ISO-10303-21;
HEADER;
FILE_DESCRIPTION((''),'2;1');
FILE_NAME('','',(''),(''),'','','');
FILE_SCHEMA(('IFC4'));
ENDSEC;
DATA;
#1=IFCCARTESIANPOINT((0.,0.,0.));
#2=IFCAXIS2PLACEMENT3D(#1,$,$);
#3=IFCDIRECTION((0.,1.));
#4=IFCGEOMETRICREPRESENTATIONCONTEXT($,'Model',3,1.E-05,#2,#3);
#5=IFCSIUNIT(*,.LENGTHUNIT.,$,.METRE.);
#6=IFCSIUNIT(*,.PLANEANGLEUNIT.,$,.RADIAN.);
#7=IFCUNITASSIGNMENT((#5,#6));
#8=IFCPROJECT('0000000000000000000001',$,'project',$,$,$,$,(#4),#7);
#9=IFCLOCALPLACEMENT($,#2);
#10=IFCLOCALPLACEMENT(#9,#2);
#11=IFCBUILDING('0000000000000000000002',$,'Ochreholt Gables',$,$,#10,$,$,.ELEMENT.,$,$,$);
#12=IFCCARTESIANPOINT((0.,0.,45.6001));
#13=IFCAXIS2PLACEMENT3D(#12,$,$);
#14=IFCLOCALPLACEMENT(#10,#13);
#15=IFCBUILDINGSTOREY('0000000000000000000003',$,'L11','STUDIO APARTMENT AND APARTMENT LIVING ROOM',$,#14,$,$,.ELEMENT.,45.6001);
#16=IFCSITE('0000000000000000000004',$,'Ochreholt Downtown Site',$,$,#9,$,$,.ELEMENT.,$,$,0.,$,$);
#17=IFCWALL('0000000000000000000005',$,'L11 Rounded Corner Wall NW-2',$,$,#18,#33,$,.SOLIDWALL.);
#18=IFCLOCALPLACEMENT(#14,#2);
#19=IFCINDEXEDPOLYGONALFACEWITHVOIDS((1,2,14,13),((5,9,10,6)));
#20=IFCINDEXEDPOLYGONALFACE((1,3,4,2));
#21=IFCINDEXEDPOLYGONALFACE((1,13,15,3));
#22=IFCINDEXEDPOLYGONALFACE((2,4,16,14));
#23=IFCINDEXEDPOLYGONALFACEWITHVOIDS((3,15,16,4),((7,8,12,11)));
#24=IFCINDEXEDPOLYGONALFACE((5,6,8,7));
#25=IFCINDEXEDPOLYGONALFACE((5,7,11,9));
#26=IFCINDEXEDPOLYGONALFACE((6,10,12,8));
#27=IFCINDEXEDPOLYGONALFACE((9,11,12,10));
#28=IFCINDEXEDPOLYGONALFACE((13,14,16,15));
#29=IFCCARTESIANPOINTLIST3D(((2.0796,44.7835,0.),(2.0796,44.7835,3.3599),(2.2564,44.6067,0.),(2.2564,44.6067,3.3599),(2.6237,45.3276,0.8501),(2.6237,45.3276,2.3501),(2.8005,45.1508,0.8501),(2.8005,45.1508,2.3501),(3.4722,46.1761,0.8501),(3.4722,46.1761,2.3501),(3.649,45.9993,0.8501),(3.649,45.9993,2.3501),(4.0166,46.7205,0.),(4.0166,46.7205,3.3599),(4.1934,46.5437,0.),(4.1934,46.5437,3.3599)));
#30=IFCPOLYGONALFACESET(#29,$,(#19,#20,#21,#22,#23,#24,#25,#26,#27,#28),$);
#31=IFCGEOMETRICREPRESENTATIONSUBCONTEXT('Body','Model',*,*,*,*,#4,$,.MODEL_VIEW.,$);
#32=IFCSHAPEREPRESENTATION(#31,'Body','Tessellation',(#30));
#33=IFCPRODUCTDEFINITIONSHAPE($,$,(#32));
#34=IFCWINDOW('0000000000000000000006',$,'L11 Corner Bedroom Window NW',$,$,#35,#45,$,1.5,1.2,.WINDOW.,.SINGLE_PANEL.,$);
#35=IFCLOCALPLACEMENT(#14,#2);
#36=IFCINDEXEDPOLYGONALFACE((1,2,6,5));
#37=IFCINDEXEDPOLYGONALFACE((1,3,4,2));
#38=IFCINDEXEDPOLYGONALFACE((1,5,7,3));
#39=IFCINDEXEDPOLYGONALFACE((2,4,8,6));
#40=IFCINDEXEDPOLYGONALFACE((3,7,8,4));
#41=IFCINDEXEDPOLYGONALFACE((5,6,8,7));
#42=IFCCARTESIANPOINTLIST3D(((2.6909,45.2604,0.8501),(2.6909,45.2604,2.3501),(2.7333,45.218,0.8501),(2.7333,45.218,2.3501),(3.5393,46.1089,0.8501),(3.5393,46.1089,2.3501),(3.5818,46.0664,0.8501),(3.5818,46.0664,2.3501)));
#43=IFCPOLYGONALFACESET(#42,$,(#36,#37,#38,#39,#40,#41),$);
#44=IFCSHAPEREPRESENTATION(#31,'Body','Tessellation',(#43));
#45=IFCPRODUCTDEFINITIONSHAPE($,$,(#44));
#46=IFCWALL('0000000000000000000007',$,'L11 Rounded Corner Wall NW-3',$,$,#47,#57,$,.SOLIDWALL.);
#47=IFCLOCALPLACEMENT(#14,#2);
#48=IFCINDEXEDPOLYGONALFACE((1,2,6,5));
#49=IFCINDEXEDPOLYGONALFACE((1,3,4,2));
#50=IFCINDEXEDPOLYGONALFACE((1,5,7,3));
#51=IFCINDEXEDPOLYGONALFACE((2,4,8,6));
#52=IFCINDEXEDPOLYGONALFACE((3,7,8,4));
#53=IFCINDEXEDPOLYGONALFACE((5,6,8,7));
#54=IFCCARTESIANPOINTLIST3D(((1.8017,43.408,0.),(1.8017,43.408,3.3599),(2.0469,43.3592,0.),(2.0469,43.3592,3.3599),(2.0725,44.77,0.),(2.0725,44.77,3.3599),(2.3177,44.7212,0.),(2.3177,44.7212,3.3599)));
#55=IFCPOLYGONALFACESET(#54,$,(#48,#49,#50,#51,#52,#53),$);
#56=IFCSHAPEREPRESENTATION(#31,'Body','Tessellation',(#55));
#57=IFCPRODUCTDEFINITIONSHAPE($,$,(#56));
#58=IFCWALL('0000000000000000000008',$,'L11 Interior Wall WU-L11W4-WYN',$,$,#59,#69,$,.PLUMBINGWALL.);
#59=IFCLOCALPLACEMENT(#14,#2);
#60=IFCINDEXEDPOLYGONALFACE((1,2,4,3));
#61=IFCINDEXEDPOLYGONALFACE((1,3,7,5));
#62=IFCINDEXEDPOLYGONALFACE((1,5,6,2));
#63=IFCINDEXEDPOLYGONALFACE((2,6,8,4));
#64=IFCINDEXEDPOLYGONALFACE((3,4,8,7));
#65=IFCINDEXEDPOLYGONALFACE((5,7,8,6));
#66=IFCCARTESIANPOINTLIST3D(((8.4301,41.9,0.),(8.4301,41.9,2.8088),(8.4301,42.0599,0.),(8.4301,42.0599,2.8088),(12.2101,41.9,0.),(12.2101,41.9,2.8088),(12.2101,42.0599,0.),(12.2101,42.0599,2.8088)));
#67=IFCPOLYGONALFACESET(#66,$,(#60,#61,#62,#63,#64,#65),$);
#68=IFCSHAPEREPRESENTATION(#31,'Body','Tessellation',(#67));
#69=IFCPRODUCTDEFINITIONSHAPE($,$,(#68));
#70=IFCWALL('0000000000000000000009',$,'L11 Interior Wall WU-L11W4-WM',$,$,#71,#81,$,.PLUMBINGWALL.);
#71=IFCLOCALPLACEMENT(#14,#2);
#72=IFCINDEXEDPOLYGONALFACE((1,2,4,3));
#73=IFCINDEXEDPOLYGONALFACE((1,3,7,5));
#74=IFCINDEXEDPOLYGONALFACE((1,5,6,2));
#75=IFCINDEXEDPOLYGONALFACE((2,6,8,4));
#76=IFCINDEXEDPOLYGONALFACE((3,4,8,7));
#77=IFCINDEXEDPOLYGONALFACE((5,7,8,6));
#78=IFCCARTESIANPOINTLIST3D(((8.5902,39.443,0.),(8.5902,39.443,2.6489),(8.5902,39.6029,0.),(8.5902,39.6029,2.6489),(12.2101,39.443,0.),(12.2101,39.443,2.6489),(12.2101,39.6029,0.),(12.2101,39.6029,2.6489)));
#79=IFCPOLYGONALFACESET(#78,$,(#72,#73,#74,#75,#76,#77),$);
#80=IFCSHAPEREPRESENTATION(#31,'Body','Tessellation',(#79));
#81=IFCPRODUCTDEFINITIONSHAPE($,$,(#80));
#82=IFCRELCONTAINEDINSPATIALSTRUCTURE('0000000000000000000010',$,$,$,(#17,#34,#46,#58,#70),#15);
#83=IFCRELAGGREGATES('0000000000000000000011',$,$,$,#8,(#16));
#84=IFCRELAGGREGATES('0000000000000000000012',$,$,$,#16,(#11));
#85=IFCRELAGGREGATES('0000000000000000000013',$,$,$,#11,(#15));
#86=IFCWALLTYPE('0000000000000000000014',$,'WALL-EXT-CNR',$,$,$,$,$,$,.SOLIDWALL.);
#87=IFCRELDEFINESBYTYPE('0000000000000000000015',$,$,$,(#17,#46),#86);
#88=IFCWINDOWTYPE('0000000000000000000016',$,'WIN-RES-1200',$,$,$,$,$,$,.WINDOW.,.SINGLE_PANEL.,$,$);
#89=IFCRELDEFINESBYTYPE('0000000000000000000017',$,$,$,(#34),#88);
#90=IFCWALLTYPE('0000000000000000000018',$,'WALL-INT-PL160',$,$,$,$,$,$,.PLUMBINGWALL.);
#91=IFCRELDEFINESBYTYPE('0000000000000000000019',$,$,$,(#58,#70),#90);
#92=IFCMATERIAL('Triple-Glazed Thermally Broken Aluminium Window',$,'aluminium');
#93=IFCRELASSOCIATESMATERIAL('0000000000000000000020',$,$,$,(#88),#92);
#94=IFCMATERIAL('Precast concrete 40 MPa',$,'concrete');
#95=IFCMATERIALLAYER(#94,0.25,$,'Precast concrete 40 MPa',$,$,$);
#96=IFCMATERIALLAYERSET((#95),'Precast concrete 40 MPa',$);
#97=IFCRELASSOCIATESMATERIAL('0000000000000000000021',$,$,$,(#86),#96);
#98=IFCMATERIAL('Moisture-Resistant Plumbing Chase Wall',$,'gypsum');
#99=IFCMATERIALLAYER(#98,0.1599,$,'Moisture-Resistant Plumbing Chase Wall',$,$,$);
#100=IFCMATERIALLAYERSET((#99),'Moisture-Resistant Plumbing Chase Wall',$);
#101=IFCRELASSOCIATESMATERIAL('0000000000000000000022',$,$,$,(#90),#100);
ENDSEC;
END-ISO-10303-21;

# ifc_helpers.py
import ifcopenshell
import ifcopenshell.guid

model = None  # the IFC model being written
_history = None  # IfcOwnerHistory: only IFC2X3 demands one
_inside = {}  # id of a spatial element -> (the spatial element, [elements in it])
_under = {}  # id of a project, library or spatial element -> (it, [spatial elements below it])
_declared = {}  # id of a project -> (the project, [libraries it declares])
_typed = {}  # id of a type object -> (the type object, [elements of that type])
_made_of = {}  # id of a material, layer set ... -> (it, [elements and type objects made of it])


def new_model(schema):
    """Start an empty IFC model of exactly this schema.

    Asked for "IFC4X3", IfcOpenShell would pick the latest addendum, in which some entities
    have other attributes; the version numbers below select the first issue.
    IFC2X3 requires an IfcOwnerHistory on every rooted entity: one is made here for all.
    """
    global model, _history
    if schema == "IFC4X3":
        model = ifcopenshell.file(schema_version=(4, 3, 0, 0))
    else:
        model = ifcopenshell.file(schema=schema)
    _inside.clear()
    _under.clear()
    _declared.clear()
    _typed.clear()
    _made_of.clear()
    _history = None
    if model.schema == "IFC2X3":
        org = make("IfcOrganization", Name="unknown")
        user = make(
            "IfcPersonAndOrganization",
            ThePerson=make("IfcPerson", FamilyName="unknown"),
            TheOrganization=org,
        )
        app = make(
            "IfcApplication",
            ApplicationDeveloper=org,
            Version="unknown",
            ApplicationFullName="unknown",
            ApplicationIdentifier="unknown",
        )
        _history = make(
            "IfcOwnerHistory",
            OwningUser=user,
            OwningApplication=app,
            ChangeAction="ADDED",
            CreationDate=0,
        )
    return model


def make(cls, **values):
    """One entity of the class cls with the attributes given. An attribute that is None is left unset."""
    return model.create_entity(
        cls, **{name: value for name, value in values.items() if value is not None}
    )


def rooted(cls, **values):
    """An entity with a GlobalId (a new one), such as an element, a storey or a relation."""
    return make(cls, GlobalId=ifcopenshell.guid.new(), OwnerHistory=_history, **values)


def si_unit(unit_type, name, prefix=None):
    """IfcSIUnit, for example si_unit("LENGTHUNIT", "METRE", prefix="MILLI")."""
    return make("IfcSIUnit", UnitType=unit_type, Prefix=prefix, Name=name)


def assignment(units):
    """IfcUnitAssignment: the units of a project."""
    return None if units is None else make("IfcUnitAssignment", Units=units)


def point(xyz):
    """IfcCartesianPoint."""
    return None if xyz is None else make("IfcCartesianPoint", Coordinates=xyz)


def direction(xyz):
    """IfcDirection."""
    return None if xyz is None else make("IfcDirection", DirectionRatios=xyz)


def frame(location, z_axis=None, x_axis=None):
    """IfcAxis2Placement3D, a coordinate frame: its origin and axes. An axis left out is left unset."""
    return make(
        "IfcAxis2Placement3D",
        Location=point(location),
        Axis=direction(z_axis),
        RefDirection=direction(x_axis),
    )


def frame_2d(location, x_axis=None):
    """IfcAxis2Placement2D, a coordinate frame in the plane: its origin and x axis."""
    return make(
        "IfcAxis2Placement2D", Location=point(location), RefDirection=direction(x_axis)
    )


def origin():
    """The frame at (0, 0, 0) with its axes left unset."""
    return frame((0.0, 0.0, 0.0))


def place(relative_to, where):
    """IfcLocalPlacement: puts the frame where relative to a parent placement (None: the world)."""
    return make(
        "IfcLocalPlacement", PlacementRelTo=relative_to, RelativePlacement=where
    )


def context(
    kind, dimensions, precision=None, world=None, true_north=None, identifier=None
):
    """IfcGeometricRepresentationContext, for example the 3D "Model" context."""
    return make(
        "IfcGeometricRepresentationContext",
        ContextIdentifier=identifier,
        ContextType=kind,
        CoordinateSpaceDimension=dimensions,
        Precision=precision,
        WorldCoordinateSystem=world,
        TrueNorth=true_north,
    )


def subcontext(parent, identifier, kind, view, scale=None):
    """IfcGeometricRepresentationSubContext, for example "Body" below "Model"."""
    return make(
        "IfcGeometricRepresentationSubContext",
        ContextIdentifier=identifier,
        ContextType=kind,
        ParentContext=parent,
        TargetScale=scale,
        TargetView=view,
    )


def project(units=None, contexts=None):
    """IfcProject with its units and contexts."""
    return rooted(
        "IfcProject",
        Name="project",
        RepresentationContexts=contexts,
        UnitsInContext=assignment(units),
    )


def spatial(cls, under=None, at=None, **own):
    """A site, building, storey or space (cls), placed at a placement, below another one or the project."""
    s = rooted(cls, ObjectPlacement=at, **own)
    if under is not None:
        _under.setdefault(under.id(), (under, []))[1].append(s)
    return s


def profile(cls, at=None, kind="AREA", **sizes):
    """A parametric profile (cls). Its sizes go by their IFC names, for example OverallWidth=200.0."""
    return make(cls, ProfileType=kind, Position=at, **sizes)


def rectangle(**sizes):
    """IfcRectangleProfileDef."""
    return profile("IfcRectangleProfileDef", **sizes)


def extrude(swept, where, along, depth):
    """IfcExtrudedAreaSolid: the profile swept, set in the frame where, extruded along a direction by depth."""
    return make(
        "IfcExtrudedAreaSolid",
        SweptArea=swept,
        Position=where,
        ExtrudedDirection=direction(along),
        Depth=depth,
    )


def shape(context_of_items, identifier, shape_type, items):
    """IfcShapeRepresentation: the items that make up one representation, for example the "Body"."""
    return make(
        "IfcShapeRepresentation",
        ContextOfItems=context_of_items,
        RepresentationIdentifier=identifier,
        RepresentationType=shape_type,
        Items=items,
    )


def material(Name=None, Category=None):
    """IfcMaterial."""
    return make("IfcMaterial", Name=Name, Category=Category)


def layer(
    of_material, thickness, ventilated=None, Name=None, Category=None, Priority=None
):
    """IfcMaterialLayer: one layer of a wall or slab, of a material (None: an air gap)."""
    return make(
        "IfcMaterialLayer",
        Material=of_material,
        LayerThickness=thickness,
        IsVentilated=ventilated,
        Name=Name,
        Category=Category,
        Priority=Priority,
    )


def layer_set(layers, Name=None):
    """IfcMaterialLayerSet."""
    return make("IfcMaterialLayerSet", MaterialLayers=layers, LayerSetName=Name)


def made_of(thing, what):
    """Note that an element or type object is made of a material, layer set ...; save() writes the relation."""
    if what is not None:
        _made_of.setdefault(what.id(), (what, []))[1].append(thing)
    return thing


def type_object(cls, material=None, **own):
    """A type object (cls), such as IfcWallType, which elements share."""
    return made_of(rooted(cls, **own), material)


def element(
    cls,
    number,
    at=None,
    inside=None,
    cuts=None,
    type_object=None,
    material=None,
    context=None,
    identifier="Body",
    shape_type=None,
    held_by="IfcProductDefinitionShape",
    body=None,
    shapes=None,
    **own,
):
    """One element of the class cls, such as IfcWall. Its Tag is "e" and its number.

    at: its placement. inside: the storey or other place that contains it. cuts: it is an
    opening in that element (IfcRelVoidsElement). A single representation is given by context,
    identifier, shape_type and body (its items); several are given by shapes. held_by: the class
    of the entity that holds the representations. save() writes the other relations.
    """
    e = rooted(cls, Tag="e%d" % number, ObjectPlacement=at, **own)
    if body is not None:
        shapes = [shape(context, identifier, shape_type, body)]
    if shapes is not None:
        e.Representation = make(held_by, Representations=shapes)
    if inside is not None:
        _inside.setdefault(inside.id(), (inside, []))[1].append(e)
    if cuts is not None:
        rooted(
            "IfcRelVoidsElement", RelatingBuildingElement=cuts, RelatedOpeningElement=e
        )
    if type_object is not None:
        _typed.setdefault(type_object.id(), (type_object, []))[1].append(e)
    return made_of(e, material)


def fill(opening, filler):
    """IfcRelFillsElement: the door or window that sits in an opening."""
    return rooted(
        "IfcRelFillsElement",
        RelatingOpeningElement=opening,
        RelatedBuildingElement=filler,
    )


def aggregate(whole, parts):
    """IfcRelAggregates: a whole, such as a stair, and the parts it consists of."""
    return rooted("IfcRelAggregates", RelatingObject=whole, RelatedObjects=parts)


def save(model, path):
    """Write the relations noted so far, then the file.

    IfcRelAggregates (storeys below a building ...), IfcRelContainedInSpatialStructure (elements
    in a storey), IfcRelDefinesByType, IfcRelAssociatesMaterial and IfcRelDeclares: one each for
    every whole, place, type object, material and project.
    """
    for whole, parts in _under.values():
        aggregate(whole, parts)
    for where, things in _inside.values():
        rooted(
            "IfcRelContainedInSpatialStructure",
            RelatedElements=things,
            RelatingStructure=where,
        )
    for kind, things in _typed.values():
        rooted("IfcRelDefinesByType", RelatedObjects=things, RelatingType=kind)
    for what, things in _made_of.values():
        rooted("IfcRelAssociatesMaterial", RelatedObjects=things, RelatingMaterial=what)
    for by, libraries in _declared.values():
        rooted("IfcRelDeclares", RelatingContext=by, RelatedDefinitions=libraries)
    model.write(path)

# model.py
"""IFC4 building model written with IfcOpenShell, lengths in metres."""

from ifc_helpers import new_model, si_unit, direction, frame, frame_2d, origin, place, context, subcontext, project, spatial, rectangle, extrude, material, layer, layer_set, type_object, element, fill, save


model = new_model("IFC4")

# Units and contexts
model_context = context("Model", 3, precision=1e-05, world=origin(), true_north=direction((0.0, 1.0)))
body_context = subcontext(model_context, "Body", "Model", "MODEL_VIEW")
ifc_project = project(units=[si_unit("LENGTHUNIT", "METRE"), si_unit("PLANEANGLEUNIT", "RADIAN")], contexts=[model_context])

# Site, building, storey
site_placement = place(None, origin())
site = spatial("IfcSite", under=ifc_project, at=site_placement, Name="Ochreholt Downtown Site", CompositionType="ELEMENT", RefElevation=0.0)
building_placement = place(site_placement, origin())
building = spatial("IfcBuilding", under=site, at=building_placement, Name="Ochreholt Gables", CompositionType="ELEMENT")
storey_placement = place(building_placement, frame((0.0, 0.0, 45.6001)))
storey = spatial("IfcBuildingStorey", under=building, at=storey_placement, Name="L11", Description="STUDIO APARTMENT AND APARTMENT LIVING ROOM", CompositionType="ELEMENT", Elevation=45.6001)

# Shared definitions
ifc_material_1 = material(Name="Precast concrete 40 MPa", Category="concrete")
ifc_material_2 = material(Name="Triple-Glazed Thermally Broken Aluminium Window", Category="aluminium")
window_type = type_object("IfcWindowType", Name="WIN-RES-1200", PartitioningType="SINGLE_PANEL", PredefinedType="WINDOW", material=ifc_material_2)

# Shared definitions
ifc_layer_1 = layer(ifc_material_1, 0.25, Name="Precast concrete 40 MPa")
ifc_layer_set_1 = layer_set([ifc_layer_1], Name="Precast concrete 40 MPa")
wall_type_1 = type_object("IfcWallType", Name="WALL-EXT-CNR", PredefinedType="SOLIDWALL", material=ifc_layer_set_1)

# Wall, opening, window
wall_1_placement = place(storey_placement, frame((4.105, 46.6321, 0.0), z_axis=(0.0, 0.0, 1.0), x_axis=(-0.707107, -0.707107, 0.0)))
wall_1 = element("IfcWall", 1, at=wall_1_placement, inside=storey, type_object=wall_type_1, Name="L11 Rounded Corner Wall NW-2", PredefinedType="SOLIDWALL", context=body_context, shape_type="SweptSolid", body=[
    extrude(rectangle(XDim=2.7393, YDim=0.25, at=frame_2d((1.3696, 0.0))), origin(), (0.0, 0.0, 1.0), 3.3599),
])
opening_1_placement = place(wall_1_placement, frame((0.7698, 0.0, 0.8501)))
opening_1 = element("IfcOpeningElement", 2, at=opening_1_placement, cuts=wall_1, PredefinedType="OPENING", context=body_context, shape_type="SweptSolid", body=[
    extrude(rectangle(XDim=1.2, YDim=1.5, at=frame_2d((0.6001, 0.75))), frame((0.0, 0.135, 0.0), z_axis=(0.0, -1.0, 0.0), x_axis=(1.0, 0.0, 0.0)), (0.0, 0.0, 1.0), 0.27),
])
window_1_placement = place(opening_1_placement, origin())
window_1 = element("IfcWindow", 3, at=window_1_placement, inside=storey, type_object=window_type, Name="L11 Corner Bedroom Window NW", OverallHeight=1.5, OverallWidth=1.2, PartitioningType="SINGLE_PANEL", PredefinedType="WINDOW", context=body_context, shape_type="SweptSolid", body=[
    extrude(rectangle(XDim=1.2, YDim=1.5, at=frame_2d((0.6001, 0.75))), frame((0.0, 0.03, 0.0), z_axis=(0.0, -1.0, 0.0), x_axis=(1.0, 0.0, 0.0)), (0.0, 0.0, 1.0), 0.0601),
])
fill(opening_1, window_1)

# Walls
wall_2_placement = place(storey_placement, frame((2.1951, 44.7456, 0.0), z_axis=(0.0, 0.0, 1.0), x_axis=(-0.194967, -0.98081, 0.0)))
element("IfcWall", 4, at=wall_2_placement, inside=storey, type_object=wall_type_1, Name="L11 Rounded Corner Wall NW-3", PredefinedType="SOLIDWALL", context=body_context, shape_type="SweptSolid", body=[
    extrude(rectangle(XDim=1.3887, YDim=0.25, at=frame_2d((0.6943, 0.0))), origin(), (0.0, 0.0, 1.0), 3.3599),
])
ifc_material_3 = material(Name="Moisture-Resistant Plumbing Chase Wall", Category="gypsum")
ifc_layer_2 = layer(ifc_material_3, 0.1599, Name="Moisture-Resistant Plumbing Chase Wall")
ifc_layer_set_2 = layer_set([ifc_layer_2], Name="Moisture-Resistant Plumbing Chase Wall")
wall_type_2 = type_object("IfcWallType", Name="WALL-INT-PL160", PredefinedType="PLUMBINGWALL", material=ifc_layer_set_2)
wall_3_placement = place(storey_placement, frame((8.4299, 41.98, 0.0), z_axis=(0.0, 0.0, 1.0), x_axis=(1.0, 0.0, 0.0)))
element("IfcWall", 5, at=wall_3_placement, inside=storey, type_object=wall_type_2, Name="L11 Interior Wall WU-L11W4-WYN", PredefinedType="PLUMBINGWALL", context=body_context, shape_type="SweptSolid", body=[
    extrude(rectangle(XDim=3.78, YDim=0.1599, at=frame_2d((1.8901, 0.0))), origin(), (0.0, 0.0, 1.0), 2.8088),
])

# Wall
wall_4_placement = place(storey_placement, frame((8.5901, 39.5229, 0.0), z_axis=(0.0, 0.0, 1.0), x_axis=(1.0, 0.0, 0.0)))
element("IfcWall", 6, at=wall_4_placement, inside=storey, type_object=wall_type_2, Name="L11 Interior Wall WU-L11W4-WM", PredefinedType="PLUMBINGWALL", context=body_context, shape_type="SweptSolid", body=[
    extrude(rectangle(XDim=3.6199, YDim=0.1599, at=frame_2d((1.8101, 0.0))), origin(), (0.0, 0.0, 1.0), 2.6489),
])

save(model, "model.ifc")
